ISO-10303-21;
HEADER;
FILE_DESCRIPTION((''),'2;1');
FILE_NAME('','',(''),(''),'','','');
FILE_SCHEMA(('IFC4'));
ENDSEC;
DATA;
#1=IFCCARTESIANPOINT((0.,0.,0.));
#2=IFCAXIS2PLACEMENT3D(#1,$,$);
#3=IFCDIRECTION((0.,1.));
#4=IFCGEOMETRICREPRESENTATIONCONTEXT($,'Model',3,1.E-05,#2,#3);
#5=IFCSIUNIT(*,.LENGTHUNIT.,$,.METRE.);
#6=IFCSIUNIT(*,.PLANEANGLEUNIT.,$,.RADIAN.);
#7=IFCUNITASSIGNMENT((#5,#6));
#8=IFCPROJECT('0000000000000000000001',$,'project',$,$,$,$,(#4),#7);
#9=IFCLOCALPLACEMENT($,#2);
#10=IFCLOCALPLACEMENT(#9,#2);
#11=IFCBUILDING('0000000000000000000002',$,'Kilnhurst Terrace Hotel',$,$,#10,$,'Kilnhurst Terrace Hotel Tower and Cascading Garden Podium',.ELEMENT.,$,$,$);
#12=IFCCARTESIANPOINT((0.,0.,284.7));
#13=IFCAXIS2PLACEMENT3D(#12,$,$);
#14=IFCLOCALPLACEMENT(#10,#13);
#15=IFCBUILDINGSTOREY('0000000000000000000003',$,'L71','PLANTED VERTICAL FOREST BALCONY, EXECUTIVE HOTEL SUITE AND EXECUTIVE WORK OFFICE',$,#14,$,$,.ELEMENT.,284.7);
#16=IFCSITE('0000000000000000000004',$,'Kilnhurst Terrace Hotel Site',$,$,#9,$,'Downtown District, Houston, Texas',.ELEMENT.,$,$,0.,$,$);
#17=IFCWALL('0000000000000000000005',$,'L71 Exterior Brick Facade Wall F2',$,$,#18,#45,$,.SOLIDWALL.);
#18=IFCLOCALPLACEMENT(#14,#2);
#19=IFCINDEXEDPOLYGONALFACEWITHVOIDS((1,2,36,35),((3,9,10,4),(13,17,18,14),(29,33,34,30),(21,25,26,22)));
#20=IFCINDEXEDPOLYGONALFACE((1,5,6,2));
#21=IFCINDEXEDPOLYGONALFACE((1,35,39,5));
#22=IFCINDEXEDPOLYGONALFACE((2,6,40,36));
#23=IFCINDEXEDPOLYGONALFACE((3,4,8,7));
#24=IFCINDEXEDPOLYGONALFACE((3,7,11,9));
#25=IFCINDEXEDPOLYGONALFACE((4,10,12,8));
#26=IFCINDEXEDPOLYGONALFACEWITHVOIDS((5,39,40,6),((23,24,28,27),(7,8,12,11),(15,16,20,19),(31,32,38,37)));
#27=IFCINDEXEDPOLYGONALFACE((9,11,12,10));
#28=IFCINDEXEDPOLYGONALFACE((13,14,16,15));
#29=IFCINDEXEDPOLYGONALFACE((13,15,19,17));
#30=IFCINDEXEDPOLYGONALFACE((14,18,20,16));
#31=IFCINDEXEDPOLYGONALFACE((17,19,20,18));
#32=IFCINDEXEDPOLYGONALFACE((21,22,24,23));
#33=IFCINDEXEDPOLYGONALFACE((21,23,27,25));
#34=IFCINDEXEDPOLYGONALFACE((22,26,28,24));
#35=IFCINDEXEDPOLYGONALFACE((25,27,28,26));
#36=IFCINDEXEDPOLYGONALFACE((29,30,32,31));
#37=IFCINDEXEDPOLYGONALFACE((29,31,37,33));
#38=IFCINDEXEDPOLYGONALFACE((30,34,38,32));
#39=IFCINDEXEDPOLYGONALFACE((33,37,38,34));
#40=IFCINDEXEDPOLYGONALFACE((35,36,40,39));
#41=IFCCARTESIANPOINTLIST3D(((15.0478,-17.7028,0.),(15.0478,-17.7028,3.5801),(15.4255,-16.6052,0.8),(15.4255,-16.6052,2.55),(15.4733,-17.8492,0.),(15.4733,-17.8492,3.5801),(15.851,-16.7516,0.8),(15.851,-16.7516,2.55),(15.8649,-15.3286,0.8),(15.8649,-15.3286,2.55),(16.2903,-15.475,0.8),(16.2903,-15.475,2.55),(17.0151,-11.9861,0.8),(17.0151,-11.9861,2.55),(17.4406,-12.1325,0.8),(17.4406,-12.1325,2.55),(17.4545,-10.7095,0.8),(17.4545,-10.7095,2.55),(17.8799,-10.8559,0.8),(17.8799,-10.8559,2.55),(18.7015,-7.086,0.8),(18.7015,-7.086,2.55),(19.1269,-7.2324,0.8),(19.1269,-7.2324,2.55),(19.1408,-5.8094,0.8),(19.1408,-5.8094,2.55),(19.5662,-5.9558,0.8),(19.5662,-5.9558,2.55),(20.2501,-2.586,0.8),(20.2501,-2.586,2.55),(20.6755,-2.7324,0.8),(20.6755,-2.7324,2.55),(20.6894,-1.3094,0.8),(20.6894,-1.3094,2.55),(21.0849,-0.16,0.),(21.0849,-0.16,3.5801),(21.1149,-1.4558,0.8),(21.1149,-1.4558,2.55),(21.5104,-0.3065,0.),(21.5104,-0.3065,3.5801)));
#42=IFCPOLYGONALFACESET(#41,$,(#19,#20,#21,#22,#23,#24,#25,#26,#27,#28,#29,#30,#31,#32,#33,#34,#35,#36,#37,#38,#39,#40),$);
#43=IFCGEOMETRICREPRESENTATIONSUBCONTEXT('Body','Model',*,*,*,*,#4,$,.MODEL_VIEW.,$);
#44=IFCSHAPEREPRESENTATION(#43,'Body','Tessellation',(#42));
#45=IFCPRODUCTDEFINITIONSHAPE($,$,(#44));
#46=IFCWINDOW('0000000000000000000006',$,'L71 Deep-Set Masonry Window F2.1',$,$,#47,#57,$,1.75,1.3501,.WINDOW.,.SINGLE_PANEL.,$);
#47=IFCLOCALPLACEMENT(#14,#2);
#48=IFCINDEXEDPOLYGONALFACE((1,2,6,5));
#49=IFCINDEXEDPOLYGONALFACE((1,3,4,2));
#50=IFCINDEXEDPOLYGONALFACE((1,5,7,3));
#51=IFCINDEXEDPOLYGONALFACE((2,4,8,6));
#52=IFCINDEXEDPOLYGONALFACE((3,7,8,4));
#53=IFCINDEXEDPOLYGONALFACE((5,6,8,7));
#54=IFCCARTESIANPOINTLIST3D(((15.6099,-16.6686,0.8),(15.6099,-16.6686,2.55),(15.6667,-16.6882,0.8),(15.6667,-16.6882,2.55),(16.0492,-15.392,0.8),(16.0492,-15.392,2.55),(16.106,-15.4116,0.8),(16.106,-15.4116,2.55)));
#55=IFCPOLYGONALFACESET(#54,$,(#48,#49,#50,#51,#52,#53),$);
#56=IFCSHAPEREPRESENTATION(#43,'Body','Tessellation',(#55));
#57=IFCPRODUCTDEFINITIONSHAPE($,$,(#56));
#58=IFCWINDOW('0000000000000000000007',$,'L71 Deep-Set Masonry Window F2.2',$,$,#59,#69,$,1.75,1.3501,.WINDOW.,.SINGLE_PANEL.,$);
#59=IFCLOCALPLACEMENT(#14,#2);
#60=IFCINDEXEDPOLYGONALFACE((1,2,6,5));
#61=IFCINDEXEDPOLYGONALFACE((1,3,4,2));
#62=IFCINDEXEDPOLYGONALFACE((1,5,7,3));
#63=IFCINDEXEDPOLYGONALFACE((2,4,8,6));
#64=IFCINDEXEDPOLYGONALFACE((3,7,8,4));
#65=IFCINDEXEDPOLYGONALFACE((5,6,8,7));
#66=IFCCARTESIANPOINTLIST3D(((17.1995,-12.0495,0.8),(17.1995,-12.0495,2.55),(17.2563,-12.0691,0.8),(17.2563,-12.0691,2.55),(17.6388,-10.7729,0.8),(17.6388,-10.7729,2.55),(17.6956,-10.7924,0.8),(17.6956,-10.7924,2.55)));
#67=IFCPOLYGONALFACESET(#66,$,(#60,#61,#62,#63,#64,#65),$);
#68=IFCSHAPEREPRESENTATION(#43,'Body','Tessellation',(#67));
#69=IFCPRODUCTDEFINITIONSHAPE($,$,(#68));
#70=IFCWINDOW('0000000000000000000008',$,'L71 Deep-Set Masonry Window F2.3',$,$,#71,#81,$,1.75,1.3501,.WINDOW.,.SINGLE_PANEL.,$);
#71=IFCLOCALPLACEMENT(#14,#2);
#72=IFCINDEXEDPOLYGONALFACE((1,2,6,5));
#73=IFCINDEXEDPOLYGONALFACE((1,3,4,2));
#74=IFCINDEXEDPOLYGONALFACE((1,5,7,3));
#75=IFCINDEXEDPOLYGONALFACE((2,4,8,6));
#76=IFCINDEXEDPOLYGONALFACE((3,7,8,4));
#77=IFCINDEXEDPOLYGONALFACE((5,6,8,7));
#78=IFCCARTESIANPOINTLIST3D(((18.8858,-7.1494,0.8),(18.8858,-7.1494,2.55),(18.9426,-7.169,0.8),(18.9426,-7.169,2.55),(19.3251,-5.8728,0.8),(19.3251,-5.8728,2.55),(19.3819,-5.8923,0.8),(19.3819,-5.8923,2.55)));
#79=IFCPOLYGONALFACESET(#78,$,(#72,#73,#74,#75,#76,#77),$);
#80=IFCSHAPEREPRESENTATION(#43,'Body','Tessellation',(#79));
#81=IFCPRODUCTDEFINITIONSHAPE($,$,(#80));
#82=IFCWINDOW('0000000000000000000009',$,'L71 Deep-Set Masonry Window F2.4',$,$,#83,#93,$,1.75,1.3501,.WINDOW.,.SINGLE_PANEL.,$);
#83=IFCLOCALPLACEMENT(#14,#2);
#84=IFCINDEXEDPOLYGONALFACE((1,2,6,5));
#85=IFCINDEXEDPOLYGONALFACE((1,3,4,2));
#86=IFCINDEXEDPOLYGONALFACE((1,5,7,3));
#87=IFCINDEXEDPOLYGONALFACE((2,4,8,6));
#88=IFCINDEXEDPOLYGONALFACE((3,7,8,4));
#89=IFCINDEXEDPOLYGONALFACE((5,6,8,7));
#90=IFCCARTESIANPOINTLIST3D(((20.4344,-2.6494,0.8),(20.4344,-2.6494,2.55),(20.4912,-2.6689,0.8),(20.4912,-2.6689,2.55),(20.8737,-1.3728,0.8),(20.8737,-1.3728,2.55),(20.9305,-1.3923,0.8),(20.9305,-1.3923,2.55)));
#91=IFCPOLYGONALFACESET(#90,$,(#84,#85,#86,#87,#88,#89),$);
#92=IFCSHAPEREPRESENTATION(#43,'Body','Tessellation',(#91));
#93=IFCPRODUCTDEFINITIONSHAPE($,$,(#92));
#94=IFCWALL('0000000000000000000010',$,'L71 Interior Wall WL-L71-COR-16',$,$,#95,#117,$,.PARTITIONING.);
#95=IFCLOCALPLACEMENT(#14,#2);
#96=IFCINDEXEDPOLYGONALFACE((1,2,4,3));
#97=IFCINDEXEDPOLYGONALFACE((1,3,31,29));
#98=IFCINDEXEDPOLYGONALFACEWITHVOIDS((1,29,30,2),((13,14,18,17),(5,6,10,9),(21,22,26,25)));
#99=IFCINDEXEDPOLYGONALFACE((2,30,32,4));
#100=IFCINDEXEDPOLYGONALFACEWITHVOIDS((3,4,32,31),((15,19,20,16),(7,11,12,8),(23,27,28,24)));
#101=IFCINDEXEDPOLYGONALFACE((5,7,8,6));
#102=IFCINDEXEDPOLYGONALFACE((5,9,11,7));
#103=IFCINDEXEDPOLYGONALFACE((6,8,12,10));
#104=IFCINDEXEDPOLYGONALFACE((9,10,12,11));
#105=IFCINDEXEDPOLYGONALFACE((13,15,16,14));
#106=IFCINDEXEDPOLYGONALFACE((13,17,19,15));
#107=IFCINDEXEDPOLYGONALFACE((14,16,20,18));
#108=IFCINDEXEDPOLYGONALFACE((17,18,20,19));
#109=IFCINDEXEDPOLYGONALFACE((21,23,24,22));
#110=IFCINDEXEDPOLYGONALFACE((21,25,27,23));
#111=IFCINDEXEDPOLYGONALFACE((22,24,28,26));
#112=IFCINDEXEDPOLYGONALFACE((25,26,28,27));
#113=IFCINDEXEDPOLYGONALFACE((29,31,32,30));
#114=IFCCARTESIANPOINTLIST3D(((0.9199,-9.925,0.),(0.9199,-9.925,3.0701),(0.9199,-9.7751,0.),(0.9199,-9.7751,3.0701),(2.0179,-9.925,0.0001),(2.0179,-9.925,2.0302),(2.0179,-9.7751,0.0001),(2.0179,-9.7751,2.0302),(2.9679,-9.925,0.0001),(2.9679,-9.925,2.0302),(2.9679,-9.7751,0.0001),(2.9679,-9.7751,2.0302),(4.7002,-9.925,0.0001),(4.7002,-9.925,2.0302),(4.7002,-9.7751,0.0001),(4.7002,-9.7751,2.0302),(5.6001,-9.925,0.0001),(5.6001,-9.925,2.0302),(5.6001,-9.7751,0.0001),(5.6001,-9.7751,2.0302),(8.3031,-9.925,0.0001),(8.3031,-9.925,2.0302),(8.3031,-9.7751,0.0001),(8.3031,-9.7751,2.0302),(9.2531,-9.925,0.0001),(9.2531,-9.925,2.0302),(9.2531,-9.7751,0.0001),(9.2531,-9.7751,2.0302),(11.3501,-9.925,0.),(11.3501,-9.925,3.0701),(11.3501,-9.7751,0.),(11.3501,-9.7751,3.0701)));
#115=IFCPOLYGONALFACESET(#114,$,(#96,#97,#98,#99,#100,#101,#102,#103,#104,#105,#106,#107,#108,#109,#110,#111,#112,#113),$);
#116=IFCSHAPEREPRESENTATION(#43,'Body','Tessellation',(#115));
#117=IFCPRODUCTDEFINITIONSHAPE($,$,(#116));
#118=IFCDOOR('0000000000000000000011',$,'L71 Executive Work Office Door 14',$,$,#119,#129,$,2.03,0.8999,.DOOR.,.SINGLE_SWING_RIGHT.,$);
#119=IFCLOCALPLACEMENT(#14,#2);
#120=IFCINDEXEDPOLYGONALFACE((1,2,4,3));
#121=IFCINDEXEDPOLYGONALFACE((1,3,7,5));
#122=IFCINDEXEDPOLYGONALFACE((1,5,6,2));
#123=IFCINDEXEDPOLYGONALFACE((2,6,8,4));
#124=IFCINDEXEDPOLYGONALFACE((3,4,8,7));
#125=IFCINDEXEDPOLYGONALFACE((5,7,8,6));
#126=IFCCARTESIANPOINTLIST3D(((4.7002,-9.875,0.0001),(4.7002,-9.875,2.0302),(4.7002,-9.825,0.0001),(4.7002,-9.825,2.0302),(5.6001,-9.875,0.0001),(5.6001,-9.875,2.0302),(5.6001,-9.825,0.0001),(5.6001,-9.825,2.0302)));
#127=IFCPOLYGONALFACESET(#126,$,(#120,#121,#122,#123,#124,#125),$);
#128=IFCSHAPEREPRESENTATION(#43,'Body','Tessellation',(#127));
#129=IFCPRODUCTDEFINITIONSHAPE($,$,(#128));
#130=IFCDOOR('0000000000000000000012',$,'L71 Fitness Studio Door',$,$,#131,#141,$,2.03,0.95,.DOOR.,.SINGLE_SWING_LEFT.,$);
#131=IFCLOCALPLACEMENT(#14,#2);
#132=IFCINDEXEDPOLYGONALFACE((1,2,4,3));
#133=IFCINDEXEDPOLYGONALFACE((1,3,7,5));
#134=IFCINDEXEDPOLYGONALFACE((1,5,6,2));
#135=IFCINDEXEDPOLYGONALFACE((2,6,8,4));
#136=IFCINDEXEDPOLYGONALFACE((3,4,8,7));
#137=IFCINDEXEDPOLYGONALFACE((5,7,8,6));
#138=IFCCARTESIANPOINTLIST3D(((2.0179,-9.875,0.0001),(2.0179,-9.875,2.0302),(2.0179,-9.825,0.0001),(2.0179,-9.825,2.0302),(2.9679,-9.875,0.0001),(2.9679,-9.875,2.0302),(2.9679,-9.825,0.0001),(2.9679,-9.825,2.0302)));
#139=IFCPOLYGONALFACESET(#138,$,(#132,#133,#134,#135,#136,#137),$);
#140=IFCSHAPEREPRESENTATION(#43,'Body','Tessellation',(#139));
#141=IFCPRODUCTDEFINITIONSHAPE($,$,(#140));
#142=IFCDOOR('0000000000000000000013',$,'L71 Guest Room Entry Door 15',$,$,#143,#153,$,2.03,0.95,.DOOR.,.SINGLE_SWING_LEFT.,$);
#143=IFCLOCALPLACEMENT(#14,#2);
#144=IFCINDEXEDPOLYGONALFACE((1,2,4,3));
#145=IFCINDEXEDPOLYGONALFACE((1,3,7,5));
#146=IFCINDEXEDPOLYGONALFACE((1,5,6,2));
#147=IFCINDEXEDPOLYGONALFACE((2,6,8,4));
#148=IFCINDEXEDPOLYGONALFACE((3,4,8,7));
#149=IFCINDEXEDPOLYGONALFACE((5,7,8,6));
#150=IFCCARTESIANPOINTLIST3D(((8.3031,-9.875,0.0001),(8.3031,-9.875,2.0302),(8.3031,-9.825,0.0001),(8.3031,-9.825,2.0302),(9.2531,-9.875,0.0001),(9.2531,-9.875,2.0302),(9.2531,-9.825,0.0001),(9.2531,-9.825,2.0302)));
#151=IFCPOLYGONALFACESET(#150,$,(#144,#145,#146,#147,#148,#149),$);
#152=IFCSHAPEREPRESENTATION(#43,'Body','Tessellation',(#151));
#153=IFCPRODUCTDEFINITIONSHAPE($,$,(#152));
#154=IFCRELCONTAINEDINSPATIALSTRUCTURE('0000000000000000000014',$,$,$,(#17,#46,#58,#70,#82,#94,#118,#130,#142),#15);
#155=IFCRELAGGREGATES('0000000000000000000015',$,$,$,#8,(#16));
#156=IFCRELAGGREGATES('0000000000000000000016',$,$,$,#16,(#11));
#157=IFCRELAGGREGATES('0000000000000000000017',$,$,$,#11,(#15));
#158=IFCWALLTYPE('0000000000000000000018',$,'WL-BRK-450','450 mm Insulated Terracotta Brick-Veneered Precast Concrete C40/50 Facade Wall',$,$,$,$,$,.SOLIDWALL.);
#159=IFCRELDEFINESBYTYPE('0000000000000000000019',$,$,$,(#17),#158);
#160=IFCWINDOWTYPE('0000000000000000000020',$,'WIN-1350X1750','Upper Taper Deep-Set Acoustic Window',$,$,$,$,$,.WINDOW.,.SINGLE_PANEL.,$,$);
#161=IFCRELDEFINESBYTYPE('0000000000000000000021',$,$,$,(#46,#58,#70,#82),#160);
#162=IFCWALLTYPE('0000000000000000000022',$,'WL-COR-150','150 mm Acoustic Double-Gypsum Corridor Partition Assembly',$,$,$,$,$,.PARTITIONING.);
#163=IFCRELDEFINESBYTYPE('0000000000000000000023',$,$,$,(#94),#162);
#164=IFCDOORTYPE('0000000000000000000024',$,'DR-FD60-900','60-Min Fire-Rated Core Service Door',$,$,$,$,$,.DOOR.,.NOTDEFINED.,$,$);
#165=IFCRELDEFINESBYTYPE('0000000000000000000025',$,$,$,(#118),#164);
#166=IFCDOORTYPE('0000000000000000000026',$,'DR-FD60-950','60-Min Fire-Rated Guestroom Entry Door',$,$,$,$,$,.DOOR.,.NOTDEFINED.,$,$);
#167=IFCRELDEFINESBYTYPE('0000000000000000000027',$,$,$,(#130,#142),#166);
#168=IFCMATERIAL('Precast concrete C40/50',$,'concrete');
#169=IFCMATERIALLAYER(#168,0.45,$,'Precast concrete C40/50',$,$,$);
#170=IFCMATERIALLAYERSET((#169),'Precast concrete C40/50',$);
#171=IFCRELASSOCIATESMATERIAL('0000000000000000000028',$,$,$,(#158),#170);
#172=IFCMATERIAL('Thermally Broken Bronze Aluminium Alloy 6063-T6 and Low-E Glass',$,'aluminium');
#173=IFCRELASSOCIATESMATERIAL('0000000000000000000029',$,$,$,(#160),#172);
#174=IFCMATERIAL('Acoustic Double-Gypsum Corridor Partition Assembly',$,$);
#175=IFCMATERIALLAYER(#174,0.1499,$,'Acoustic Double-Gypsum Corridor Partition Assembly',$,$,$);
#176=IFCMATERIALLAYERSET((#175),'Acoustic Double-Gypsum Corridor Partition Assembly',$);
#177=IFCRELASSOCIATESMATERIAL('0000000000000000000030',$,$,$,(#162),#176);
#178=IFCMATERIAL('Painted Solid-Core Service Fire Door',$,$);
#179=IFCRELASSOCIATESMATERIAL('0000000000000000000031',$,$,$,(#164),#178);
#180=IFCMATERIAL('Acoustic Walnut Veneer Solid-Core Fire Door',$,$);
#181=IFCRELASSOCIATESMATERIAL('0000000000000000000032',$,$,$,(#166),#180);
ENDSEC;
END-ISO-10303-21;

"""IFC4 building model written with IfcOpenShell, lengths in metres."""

from ifc_helpers import new_model, si_unit, direction, frame, frame_2d, origin, place, context, subcontext, project, spatial, rectangle, extrude, material, layer, layer_set, type_object, element, fill, save


model = new_model("IFC4")

# Units and contexts
model_context = context("Model", 3, precision=1e-05, world=origin(), true_north=direction((0.0, 1.0)))
body_context = subcontext(model_context, "Body", "Model", "MODEL_VIEW")
ifc_project = project(units=[si_unit("LENGTHUNIT", "METRE"), si_unit("PLANEANGLEUNIT", "RADIAN")], contexts=[model_context])

# Site, building, storey
site_placement = place(None, origin())
site = spatial("IfcSite", under=ifc_project, at=site_placement, Name="Kilnhurst Terrace Hotel Site", LongName="Downtown District, Houston, Texas", CompositionType="ELEMENT", RefElevation=0.0)
building_placement = place(site_placement, origin())
building = spatial("IfcBuilding", under=site, at=building_placement, Name="Kilnhurst Terrace Hotel", LongName="Kilnhurst Terrace Hotel Tower and Cascading Garden Podium", CompositionType="ELEMENT")
storey_placement = place(building_placement, frame((0.0, 0.0, 284.7)))
storey = spatial("IfcBuildingStorey", under=building, at=storey_placement, Name="L71", Description="PLANTED VERTICAL FOREST BALCONY, EXECUTIVE HOTEL SUITE AND EXECUTIVE WORK OFFICE", CompositionType="ELEMENT", Elevation=284.7)

# Shared definitions
ifc_material_1 = material(Name="Precast concrete C40/50", Category="concrete")
ifc_layer_1 = layer(ifc_material_1, 0.45, Name="Precast concrete C40/50")
ifc_layer_set_1 = layer_set([ifc_layer_1], Name="Precast concrete C40/50")
wall_type_1 = type_object("IfcWallType", Name="WL-BRK-450", Description="450 mm Insulated Terracotta Brick-Veneered Precast Concrete C40/50 Facade Wall", PredefinedType="SOLIDWALL", material=ifc_layer_set_1)

# Wall, openings, windows
wall_1_placement = place(storey_placement, frame((15.2605, -17.7761, 0.0), z_axis=(0.0, 0.0, 1.0), x_axis=(0.325407, 0.945574, 0.0)))
wall_1 = element("IfcWall", 1, at=wall_1_placement, inside=storey, type_object=wall_type_1, Name="L71 Exterior Brick Facade Wall F2", PredefinedType="SOLIDWALL", context=body_context, shape_type="SweptSolid", body=[
    extrude(rectangle(XDim=18.5525, YDim=0.45, at=frame_2d((9.2764, 0.0))), origin(), (0.0, 0.0, 1.0), 3.5801),
])
opening_1_placement = place(wall_1_placement, frame((1.1609, 0.0, 0.8)))
opening_1 = element("IfcOpeningElement", 2, at=opening_1_placement, cuts=wall_1, PredefinedType="OPENING", context=body_context, shape_type="SweptSolid", body=[
    extrude(rectangle(XDim=1.3501, YDim=1.75, at=frame_2d((0.675, 0.875))), frame((0.0, 0.2349, 0.0), z_axis=(0.0, -1.0, 0.0), x_axis=(1.0, 0.0, 0.0)), (0.0, 0.0, 1.0), 0.47),
])
opening_2_placement = place(wall_1_placement, frame((6.0459, 0.0, 0.8)))
opening_2 = element("IfcOpeningElement", 3, at=opening_2_placement, cuts=wall_1, PredefinedType="OPENING", context=body_context, shape_type="SweptSolid", body=[
    extrude(rectangle(XDim=1.3501, YDim=1.75, at=frame_2d((0.675, 0.875))), frame((0.0, 0.2349, 0.0), z_axis=(0.0, -1.0, 0.0), x_axis=(1.0, 0.0, 0.0)), (0.0, 0.0, 1.0), 0.47),
])
opening_3_placement = place(wall_1_placement, frame((11.228, 0.0, 0.8)))
opening_3 = element("IfcOpeningElement", 4, at=opening_3_placement, cuts=wall_1, PredefinedType="OPENING", context=body_context, shape_type="SweptSolid", body=[
    extrude(rectangle(XDim=1.3501, YDim=1.75, at=frame_2d((0.675, 0.875))), frame((0.0, 0.2349, 0.0), z_axis=(0.0, -1.0, 0.0), x_axis=(1.0, 0.0, 0.0)), (0.0, 0.0, 1.0), 0.47),
])
opening_4_placement = place(wall_1_placement, frame((15.9871, 0.0, 0.8)))
opening_4 = element("IfcOpeningElement", 5, at=opening_4_placement, cuts=wall_1, PredefinedType="OPENING", context=body_context, shape_type="SweptSolid", body=[
    extrude(rectangle(XDim=1.3501, YDim=1.75, at=frame_2d((0.675, 0.875))), frame((0.0, 0.2349, 0.0), z_axis=(0.0, -1.0, 0.0), x_axis=(1.0, 0.0, 0.0)), (0.0, 0.0, 1.0), 0.47),
])
ifc_material_2 = material(Name="Thermally Broken Bronze Aluminium Alloy 6063-T6 and Low-E Glass", Category="aluminium")
window_type = type_object("IfcWindowType", Name="WIN-1350X1750", Description="Upper Taper Deep-Set Acoustic Window", PartitioningType="SINGLE_PANEL", PredefinedType="WINDOW", material=ifc_material_2)
window_1_placement = place(opening_1_placement, origin())
window_1 = element("IfcWindow", 6, at=window_1_placement, inside=storey, type_object=window_type, Name="L71 Deep-Set Masonry Window F2.1", OverallHeight=1.75, OverallWidth=1.3501, PartitioningType="SINGLE_PANEL", PredefinedType="WINDOW", context=body_context, shape_type="SweptSolid", body=[
    extrude(rectangle(XDim=1.3501, YDim=1.75, at=frame_2d((0.675, 0.875))), frame((0.0, 0.03, 0.0), z_axis=(0.0, -1.0, 0.0), x_axis=(1.0, 0.0, 0.0)), (0.0, 0.0, 1.0), 0.0601),
])
fill(opening_1, window_1)
window_2_placement = place(opening_2_placement, origin())
window_2 = element("IfcWindow", 7, at=window_2_placement, inside=storey, type_object=window_type, Name="L71 Deep-Set Masonry Window F2.2", OverallHeight=1.75, OverallWidth=1.3501, PartitioningType="SINGLE_PANEL", PredefinedType="WINDOW", context=body_context, shape_type="SweptSolid", body=[
    extrude(rectangle(XDim=1.3501, YDim=1.75, at=frame_2d((0.675, 0.875))), frame((0.0, 0.03, 0.0), z_axis=(0.0, -1.0, 0.0), x_axis=(1.0, 0.0, 0.0)), (0.0, 0.0, 1.0), 0.0601),
])
fill(opening_2, window_2)
window_3_placement = place(opening_3_placement, origin())
window_3 = element("IfcWindow", 8, at=window_3_placement, inside=storey, type_object=window_type, Name="L71 Deep-Set Masonry Window F2.3", OverallHeight=1.75, OverallWidth=1.3501, PartitioningType="SINGLE_PANEL", PredefinedType="WINDOW", context=body_context, shape_type="SweptSolid", body=[
    extrude(rectangle(XDim=1.3501, YDim=1.75, at=frame_2d((0.675, 0.875))), frame((0.0, 0.03, 0.0), z_axis=(0.0, -1.0, 0.0), x_axis=(1.0, 0.0, 0.0)), (0.0, 0.0, 1.0), 0.0601),
])
fill(opening_3, window_3)
window_4_placement = place(opening_4_placement, origin())
window_4 = element("IfcWindow", 9, at=window_4_placement, inside=storey, type_object=window_type, Name="L71 Deep-Set Masonry Window F2.4", OverallHeight=1.75, OverallWidth=1.3501, PartitioningType="SINGLE_PANEL", PredefinedType="WINDOW", context=body_context, shape_type="SweptSolid", body=[
    extrude(rectangle(XDim=1.3501, YDim=1.75, at=frame_2d((0.675, 0.875))), frame((0.0, 0.03, 0.0), z_axis=(0.0, -1.0, 0.0), x_axis=(1.0, 0.0, 0.0)), (0.0, 0.0, 1.0), 0.0601),
])
fill(opening_4, window_4)

# Wall, openings, doors
ifc_material_3 = material(Name="Acoustic Double-Gypsum Corridor Partition Assembly")
ifc_layer_2 = layer(ifc_material_3, 0.1499, Name="Acoustic Double-Gypsum Corridor Partition Assembly")
ifc_layer_set_2 = layer_set([ifc_layer_2], Name="Acoustic Double-Gypsum Corridor Partition Assembly")
wall_type_2 = type_object("IfcWallType", Name="WL-COR-150", Description="150 mm Acoustic Double-Gypsum Corridor Partition Assembly", PredefinedType="PARTITIONING", material=ifc_layer_set_2)
wall_2_placement = place(storey_placement, frame((11.3501, -9.8501, 0.0), z_axis=(0.0, 0.0, 1.0), x_axis=(-1.0, 0.0, 0.0)))
wall_2 = element("IfcWall", 10, at=wall_2_placement, inside=storey, type_object=wall_type_2, Name="L71 Interior Wall WL-L71-COR-16", PredefinedType="PARTITIONING", context=body_context, shape_type="SweptSolid", body=[
    extrude(rectangle(XDim=10.4302, YDim=0.1499, at=frame_2d((5.2151, 0.0))), origin(), (0.0, 0.0, 1.0), 3.0701),
])
opening_5_placement = place(wall_2_placement, frame((8.3821, 0.0, 0.0)))
opening_5 = element("IfcOpeningElement", 11, at=opening_5_placement, cuts=wall_2, PredefinedType="OPENING", context=body_context, shape_type="SweptSolid", body=[
    extrude(rectangle(XDim=0.95, YDim=2.03, at=frame_2d((0.4751, 1.0151))), frame((0.0, 0.085, 0.0), z_axis=(0.0, -1.0, 0.0), x_axis=(1.0, 0.0, 0.0)), (0.0, 0.0, 1.0), 0.1699),
])
opening_6_placement = place(wall_2_placement, frame((5.75, 0.0, 0.0)))
opening_6 = element("IfcOpeningElement", 12, at=opening_6_placement, cuts=wall_2, PredefinedType="OPENING", context=body_context, shape_type="SweptSolid", body=[
    extrude(rectangle(XDim=0.8999, YDim=2.03, at=frame_2d((0.45, 1.0151))), frame((0.0, 0.085, 0.0), z_axis=(0.0, -1.0, 0.0), x_axis=(1.0, 0.0, 0.0)), (0.0, 0.0, 1.0), 0.1699),
])
opening_7_placement = place(wall_2_placement, frame((2.0969, 0.0, 0.0)))
opening_7 = element("IfcOpeningElement", 13, at=opening_7_placement, cuts=wall_2, PredefinedType="OPENING", context=body_context, shape_type="SweptSolid", body=[
    extrude(rectangle(XDim=0.95, YDim=2.03, at=frame_2d((0.4751, 1.0151))), frame((0.0, 0.085, 0.0), z_axis=(0.0, -1.0, 0.0), x_axis=(1.0, 0.0, 0.0)), (0.0, 0.0, 1.0), 0.1699),
])
ifc_material_4 = material(Name="Painted Solid-Core Service Fire Door")
door_type_1 = type_object("IfcDoorType", Name="DR-FD60-900", Description="60-Min Fire-Rated Core Service Door", OperationType="NOTDEFINED", PredefinedType="DOOR", material=ifc_material_4)
door_1_placement = place(opening_6_placement, origin())
door_1 = element("IfcDoor", 14, at=door_1_placement, inside=storey, type_object=door_type_1, Name="L71 Executive Work Office Door 14", OperationType="SINGLE_SWING_RIGHT", OverallHeight=2.03, OverallWidth=0.8999, PredefinedType="DOOR", context=body_context, shape_type="SweptSolid", body=[
    extrude(rectangle(XDim=0.8999, YDim=2.03, at=frame_2d((0.45, 1.0151))), frame((0.0, 0.0249, 0.0), z_axis=(0.0, -1.0, 0.0), x_axis=(1.0, 0.0, 0.0)), (0.0, 0.0, 1.0), 0.05),
])
fill(opening_6, door_1)
ifc_material_5 = material(Name="Acoustic Walnut Veneer Solid-Core Fire Door")
door_type_2 = type_object("IfcDoorType", Name="DR-FD60-950", Description="60-Min Fire-Rated Guestroom Entry Door", OperationType="NOTDEFINED", PredefinedType="DOOR", material=ifc_material_5)
door_2_placement = place(opening_5_placement, origin())
door_2 = element("IfcDoor", 15, at=door_2_placement, inside=storey, type_object=door_type_2, Name="L71 Fitness Studio Door", OperationType="SINGLE_SWING_LEFT", OverallHeight=2.03, OverallWidth=0.95, PredefinedType="DOOR", context=body_context, shape_type="SweptSolid", body=[
    extrude(rectangle(XDim=0.95, YDim=2.03, at=frame_2d((0.4751, 1.0151))), frame((0.0, 0.0249, 0.0), z_axis=(0.0, -1.0, 0.0), x_axis=(1.0, 0.0, 0.0)), (0.0, 0.0, 1.0), 0.05),
])
fill(opening_5, door_2)
door_3_placement = place(opening_7_placement, origin())
door_3 = element("IfcDoor", 16, at=door_3_placement, inside=storey, type_object=door_type_2, Name="L71 Guest Room Entry Door 15", OperationType="SINGLE_SWING_LEFT", OverallHeight=2.03, OverallWidth=0.95, PredefinedType="DOOR", context=body_context, shape_type="SweptSolid", body=[
    extrude(rectangle(XDim=0.95, YDim=2.03, at=frame_2d((0.4751, 1.0151))), frame((0.0, 0.0249, 0.0), z_axis=(0.0, -1.0, 0.0), x_axis=(1.0, 0.0, 0.0)), (0.0, 0.0, 1.0), 0.05),
])
fill(opening_7, door_3)

save(model, "model.ifc")
